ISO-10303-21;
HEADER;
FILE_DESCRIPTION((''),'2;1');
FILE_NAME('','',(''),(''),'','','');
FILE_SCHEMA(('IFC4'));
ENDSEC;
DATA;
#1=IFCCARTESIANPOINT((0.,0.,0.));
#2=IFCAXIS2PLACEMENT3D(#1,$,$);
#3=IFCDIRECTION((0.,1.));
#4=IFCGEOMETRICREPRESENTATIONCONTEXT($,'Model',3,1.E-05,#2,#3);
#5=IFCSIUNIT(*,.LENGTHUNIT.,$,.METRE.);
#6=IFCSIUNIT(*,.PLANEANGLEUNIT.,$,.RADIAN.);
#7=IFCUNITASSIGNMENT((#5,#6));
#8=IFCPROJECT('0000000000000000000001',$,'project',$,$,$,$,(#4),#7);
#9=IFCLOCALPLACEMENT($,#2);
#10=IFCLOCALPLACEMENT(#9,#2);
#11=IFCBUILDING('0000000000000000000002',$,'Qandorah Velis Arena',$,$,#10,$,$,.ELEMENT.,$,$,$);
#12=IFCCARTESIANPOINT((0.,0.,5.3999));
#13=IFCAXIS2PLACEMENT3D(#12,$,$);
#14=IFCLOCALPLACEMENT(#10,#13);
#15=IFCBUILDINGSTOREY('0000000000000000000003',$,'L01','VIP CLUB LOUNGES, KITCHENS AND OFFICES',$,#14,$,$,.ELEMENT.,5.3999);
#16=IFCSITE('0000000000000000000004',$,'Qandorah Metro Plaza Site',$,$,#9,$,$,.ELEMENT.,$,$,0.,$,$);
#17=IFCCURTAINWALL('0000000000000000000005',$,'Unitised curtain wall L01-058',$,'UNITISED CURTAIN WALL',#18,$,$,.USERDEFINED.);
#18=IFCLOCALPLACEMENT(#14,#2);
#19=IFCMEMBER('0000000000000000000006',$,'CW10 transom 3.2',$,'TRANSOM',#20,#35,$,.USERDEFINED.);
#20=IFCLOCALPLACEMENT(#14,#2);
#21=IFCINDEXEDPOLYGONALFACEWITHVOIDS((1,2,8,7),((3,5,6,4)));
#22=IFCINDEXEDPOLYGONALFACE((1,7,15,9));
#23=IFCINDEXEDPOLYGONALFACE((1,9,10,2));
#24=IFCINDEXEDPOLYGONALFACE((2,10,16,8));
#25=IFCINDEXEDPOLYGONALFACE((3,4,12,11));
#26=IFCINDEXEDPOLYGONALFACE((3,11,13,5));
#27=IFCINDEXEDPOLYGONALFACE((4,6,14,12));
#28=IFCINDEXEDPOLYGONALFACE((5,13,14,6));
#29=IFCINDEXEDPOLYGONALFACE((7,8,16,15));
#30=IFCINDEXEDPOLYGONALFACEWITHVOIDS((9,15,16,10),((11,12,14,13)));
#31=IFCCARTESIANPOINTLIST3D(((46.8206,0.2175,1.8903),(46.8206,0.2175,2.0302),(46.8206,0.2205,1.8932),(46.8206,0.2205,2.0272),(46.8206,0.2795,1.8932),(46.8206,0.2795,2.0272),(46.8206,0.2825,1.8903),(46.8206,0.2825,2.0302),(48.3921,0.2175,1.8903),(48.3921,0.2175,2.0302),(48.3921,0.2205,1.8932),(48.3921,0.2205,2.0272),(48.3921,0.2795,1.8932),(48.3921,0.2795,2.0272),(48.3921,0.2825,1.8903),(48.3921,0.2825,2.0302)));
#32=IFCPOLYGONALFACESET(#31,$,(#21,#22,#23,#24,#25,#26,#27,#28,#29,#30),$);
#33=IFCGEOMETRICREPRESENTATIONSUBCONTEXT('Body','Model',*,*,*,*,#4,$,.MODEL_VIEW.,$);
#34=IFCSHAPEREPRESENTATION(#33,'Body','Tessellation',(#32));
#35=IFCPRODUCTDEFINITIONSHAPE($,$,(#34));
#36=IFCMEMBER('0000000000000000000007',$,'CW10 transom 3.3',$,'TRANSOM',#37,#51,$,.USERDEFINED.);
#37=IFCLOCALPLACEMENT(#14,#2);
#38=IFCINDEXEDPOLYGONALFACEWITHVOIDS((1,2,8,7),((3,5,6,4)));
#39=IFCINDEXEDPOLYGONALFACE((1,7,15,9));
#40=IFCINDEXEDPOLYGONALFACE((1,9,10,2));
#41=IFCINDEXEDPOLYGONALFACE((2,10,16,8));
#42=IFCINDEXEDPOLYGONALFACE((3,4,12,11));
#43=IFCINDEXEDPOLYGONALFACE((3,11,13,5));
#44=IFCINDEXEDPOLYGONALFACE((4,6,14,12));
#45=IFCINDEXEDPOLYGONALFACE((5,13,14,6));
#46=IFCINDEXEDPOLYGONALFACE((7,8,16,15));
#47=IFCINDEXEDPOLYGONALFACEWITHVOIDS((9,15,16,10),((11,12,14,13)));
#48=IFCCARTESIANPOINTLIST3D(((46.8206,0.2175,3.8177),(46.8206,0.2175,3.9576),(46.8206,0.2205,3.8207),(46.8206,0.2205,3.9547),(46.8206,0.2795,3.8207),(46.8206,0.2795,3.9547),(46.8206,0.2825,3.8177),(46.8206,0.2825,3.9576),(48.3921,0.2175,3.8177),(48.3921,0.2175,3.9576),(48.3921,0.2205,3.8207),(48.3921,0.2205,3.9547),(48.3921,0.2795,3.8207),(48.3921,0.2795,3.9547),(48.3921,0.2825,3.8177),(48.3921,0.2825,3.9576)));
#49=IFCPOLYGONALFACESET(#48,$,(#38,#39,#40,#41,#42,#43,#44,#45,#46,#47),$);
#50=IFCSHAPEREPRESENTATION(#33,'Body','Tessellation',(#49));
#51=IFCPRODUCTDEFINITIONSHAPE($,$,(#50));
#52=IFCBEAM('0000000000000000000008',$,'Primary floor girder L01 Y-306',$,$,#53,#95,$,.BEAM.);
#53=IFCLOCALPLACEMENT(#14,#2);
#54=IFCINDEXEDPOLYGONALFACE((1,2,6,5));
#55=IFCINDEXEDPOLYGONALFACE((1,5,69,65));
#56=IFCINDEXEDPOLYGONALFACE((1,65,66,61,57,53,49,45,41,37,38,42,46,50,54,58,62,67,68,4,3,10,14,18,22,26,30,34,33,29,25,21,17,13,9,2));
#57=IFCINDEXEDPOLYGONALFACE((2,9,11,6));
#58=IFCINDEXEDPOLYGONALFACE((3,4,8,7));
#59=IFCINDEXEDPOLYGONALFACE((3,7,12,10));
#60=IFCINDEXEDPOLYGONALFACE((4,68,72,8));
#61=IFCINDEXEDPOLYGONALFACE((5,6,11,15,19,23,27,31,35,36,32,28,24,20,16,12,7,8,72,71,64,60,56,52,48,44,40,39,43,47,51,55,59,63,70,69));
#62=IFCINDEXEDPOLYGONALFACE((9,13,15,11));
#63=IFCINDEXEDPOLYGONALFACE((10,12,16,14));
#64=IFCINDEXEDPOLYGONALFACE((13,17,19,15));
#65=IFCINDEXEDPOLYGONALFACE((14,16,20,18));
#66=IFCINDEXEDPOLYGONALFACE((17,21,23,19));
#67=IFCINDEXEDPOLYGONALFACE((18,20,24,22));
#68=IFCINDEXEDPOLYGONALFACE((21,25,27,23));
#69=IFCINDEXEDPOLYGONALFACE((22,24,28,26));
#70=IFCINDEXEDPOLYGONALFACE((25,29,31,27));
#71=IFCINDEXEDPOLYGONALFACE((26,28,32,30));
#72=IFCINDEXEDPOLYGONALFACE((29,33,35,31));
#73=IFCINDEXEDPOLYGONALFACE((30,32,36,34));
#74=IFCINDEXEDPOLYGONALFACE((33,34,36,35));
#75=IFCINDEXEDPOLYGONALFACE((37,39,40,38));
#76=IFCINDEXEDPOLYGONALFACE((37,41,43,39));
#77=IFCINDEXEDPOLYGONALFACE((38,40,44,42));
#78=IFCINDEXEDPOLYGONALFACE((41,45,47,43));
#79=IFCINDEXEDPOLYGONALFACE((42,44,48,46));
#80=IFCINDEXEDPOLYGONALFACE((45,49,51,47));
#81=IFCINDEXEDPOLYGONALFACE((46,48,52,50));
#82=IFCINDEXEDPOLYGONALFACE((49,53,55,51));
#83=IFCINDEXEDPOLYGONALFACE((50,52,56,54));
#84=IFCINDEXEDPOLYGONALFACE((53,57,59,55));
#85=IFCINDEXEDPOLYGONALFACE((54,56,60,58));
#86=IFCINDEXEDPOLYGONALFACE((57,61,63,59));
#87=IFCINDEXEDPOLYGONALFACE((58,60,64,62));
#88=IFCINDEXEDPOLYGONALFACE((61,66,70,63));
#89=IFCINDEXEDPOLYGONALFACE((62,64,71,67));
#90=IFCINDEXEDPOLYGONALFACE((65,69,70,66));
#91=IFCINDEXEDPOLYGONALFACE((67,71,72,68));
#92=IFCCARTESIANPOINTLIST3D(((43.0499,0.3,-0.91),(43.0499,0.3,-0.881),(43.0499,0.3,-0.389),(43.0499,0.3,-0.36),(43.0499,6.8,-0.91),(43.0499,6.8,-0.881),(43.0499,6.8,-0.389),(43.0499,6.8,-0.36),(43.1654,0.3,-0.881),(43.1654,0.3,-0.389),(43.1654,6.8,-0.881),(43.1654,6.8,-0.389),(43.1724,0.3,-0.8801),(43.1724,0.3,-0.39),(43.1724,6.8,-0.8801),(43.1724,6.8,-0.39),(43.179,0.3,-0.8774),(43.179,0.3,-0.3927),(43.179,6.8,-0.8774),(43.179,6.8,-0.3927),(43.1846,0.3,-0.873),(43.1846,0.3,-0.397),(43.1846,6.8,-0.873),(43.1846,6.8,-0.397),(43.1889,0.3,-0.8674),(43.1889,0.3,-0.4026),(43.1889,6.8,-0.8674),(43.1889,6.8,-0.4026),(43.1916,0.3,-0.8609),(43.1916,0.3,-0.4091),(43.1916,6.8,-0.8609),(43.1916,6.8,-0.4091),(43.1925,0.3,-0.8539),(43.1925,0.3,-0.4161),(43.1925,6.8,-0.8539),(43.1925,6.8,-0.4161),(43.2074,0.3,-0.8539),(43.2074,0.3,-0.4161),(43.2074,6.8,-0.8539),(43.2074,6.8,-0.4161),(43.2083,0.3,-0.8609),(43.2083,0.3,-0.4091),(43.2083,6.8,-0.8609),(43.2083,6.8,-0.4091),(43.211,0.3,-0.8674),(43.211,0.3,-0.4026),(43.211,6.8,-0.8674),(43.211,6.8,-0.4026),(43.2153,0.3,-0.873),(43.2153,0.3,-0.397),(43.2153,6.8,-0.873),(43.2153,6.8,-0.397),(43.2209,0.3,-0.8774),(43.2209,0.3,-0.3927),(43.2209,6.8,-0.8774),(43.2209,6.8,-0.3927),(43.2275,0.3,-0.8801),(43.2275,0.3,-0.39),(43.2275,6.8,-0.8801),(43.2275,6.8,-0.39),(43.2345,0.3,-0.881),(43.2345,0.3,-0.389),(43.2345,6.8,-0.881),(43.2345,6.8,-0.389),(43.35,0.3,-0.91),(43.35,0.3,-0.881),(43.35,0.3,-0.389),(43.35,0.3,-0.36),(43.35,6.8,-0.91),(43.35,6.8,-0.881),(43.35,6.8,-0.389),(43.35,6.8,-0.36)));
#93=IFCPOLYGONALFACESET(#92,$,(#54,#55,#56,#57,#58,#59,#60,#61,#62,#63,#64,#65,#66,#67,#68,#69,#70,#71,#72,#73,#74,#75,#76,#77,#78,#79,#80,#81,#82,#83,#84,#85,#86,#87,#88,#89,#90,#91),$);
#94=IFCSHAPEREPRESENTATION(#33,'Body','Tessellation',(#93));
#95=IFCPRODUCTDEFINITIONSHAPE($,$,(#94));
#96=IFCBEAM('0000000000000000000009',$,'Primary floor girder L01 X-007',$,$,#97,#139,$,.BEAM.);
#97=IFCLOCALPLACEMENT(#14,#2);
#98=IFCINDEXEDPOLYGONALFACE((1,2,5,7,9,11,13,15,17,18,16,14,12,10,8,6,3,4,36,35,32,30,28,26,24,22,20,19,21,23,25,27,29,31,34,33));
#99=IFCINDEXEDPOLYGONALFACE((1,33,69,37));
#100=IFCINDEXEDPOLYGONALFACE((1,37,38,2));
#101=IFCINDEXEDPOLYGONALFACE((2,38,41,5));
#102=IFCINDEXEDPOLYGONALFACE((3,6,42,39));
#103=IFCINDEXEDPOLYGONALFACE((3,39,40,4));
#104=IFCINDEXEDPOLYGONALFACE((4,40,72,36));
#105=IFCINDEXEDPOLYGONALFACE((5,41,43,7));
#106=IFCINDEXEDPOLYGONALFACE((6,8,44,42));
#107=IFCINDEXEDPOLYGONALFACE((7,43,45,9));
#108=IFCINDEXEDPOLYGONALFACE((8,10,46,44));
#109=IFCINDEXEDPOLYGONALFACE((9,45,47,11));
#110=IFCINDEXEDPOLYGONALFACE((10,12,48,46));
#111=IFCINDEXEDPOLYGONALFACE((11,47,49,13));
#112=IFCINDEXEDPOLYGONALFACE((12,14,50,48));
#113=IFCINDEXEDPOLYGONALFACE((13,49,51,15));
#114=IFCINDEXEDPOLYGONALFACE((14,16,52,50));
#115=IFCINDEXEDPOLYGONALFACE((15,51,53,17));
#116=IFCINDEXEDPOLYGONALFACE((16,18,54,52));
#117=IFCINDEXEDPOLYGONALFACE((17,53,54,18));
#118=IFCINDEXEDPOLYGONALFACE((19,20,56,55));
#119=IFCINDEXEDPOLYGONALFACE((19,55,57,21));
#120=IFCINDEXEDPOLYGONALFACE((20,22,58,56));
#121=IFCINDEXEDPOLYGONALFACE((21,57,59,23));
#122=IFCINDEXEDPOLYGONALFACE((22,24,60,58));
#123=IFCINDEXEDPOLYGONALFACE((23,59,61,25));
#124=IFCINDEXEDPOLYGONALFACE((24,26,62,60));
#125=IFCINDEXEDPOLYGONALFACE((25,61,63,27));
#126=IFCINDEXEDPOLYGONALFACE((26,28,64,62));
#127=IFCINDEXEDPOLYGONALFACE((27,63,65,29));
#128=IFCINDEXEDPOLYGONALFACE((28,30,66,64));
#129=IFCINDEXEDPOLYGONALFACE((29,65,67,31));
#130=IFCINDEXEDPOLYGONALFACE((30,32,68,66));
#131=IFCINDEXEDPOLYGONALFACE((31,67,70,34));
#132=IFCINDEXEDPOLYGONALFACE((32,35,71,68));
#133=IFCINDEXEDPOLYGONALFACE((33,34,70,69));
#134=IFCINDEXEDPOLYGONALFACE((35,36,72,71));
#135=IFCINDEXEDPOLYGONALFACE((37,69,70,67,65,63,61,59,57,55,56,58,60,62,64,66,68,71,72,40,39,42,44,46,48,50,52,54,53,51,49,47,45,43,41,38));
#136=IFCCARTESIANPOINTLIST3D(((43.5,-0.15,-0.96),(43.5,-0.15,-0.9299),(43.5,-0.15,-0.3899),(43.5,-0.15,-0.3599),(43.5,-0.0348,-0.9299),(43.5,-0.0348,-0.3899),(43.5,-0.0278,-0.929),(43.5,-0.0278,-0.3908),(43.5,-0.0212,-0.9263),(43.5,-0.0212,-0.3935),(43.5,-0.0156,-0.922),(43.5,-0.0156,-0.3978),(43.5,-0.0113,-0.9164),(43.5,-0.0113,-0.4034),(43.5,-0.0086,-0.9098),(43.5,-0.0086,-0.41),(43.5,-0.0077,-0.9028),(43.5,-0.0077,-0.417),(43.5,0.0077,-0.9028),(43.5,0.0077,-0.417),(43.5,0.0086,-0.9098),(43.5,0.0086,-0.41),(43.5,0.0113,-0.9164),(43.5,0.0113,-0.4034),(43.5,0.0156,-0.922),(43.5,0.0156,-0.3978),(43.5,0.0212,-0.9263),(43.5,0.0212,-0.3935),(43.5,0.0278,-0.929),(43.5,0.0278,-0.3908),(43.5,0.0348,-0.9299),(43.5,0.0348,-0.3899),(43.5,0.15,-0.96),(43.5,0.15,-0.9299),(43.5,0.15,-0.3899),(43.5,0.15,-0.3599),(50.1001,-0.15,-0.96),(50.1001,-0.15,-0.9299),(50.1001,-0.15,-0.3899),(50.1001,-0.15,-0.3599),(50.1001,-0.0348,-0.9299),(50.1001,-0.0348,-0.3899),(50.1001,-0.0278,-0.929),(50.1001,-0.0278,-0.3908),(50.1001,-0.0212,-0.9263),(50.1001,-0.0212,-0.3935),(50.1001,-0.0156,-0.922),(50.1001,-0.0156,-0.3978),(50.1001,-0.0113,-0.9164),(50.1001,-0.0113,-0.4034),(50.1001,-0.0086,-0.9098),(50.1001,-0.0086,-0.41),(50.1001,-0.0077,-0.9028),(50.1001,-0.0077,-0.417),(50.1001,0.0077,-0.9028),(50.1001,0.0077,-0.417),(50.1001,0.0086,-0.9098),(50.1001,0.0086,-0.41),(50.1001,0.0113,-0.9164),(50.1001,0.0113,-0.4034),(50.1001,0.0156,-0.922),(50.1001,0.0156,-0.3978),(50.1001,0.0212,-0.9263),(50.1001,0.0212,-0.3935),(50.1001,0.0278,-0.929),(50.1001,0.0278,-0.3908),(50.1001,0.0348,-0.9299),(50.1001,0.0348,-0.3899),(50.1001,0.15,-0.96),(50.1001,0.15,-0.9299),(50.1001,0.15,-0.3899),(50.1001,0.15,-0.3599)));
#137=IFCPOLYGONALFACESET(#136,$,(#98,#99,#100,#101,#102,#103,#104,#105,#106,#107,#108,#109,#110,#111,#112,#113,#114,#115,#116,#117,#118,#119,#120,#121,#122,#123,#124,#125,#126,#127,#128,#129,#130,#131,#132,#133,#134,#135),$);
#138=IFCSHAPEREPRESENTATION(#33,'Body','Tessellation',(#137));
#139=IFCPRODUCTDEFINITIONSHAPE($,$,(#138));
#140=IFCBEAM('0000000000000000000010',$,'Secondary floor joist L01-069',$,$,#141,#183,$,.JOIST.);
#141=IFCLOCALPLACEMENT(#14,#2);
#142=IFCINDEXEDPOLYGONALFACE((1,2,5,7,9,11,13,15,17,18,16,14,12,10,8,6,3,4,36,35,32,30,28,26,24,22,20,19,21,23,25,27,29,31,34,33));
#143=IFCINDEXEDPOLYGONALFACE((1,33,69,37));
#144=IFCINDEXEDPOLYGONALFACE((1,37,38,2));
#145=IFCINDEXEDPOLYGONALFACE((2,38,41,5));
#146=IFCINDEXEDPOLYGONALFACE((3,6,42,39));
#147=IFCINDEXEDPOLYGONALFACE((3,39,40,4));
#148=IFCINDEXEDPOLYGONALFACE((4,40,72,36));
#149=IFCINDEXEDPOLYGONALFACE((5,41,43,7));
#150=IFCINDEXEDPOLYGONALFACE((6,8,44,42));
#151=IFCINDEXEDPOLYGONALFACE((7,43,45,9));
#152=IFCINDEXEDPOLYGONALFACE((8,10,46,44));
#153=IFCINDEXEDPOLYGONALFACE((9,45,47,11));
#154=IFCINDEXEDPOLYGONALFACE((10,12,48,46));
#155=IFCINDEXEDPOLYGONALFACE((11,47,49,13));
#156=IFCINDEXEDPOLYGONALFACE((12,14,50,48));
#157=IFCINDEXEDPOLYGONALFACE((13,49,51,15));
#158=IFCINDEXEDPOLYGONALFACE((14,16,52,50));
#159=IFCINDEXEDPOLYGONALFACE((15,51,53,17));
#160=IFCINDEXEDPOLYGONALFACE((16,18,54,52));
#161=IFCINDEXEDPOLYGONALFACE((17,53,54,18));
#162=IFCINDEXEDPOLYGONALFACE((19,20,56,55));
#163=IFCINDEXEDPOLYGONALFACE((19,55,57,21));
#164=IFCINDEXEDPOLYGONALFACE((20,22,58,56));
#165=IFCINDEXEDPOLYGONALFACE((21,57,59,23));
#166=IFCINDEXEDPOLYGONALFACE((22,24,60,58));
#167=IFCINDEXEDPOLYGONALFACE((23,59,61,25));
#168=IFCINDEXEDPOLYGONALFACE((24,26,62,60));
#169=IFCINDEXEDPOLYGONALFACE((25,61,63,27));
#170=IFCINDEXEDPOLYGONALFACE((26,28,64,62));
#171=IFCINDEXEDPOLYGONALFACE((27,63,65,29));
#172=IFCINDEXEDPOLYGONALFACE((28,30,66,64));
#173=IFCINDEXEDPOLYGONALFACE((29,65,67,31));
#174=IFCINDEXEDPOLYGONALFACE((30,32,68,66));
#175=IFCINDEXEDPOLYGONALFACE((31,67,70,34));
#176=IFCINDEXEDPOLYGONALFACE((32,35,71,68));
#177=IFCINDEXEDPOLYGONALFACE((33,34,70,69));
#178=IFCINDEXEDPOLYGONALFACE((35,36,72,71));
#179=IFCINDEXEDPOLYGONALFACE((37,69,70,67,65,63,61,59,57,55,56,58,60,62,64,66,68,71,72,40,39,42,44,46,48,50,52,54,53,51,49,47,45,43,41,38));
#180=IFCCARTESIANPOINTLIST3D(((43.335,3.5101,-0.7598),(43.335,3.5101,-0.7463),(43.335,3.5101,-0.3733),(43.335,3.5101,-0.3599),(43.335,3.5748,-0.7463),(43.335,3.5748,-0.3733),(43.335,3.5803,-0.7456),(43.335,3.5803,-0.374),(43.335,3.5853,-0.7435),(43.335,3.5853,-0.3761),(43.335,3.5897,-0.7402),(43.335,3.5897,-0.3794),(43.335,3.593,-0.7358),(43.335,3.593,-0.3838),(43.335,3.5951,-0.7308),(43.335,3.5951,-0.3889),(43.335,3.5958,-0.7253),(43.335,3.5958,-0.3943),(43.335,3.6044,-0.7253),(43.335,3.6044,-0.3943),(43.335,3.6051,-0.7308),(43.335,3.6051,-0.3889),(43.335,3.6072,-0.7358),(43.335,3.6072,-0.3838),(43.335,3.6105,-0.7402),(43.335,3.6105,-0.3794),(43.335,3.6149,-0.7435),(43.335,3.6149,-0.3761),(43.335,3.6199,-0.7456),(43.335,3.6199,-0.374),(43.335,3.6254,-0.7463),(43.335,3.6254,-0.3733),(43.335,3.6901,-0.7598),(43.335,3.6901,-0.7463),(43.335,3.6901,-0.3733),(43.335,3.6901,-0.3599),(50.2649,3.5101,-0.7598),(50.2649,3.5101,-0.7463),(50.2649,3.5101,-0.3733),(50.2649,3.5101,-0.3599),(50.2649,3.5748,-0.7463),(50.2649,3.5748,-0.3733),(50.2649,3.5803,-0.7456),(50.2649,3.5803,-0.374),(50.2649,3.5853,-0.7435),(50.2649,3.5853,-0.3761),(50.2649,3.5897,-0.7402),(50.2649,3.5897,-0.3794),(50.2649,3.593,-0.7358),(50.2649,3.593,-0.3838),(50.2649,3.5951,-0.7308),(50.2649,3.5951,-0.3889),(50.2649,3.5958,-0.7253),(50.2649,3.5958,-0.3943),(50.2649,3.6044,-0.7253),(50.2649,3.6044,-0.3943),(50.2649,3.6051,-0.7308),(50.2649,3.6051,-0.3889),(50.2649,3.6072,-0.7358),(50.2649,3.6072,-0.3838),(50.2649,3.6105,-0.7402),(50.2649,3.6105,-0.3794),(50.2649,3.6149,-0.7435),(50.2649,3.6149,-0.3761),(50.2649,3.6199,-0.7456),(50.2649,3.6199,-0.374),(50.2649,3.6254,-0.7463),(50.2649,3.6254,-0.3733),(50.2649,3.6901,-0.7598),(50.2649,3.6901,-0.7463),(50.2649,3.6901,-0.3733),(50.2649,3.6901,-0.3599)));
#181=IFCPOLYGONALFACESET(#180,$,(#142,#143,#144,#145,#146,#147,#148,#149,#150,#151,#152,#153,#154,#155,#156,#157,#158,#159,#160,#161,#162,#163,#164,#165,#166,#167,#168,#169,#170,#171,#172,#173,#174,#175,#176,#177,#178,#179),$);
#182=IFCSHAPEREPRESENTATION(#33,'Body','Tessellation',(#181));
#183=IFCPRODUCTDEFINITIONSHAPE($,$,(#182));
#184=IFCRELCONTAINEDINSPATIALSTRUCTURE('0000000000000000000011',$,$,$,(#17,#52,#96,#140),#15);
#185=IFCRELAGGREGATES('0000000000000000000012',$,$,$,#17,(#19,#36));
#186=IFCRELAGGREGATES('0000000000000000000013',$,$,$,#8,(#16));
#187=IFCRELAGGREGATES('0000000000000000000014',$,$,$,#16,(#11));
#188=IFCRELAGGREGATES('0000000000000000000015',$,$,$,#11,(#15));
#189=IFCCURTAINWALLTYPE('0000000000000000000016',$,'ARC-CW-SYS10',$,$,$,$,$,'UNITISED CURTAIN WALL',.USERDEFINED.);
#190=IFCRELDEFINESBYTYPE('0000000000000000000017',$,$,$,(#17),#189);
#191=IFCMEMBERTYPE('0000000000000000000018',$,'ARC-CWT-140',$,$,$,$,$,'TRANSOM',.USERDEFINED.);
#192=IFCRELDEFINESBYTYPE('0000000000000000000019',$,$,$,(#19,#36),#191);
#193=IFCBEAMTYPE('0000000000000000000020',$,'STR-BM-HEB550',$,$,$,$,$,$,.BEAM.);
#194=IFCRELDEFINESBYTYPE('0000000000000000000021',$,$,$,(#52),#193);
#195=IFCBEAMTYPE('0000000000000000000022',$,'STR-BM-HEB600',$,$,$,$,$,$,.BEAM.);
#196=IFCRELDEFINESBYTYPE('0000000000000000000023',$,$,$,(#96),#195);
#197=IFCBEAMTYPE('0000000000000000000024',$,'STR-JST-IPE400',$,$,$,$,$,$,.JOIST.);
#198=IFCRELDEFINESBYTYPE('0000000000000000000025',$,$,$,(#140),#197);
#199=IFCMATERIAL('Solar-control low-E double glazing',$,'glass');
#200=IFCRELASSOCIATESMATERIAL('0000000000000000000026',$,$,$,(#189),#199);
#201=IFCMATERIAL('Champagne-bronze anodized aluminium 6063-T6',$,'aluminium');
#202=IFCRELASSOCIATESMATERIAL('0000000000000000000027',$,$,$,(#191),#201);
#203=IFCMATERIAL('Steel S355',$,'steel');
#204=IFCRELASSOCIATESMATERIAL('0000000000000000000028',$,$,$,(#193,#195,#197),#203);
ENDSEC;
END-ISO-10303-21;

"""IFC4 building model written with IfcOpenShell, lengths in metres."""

from ifc_helpers import new_model, si_unit, direction, frame, origin, origin_2d, place, context, subcontext, project, spatial, hollow_rectangle, i_section, extrude, material, material_profile, profile_set, type_object, element, aggregate, save


model = new_model("IFC4")

# Units and contexts
model_context = context("Model", 3, precision=1e-05, world=origin(), true_north=direction((0.0, 1.0)))
body_context = subcontext(model_context, "Body", "Model", "MODEL_VIEW")
ifc_project = project(units=[si_unit("LENGTHUNIT", "METRE"), si_unit("PLANEANGLEUNIT", "RADIAN")], contexts=[model_context])

# Site, building, storey
site_placement = place(None, origin())
site = spatial("IfcSite", under=ifc_project, at=site_placement, Name="Qandorah Metro Plaza Site", CompositionType="ELEMENT", RefElevation=0.0)
building_placement = place(site_placement, origin())
building = spatial("IfcBuilding", under=site, at=building_placement, Name="Qandorah Velis Arena", CompositionType="ELEMENT")
storey_placement = place(building_placement, frame((0.0, 0.0, 5.3999)))
storey = spatial("IfcBuildingStorey", under=building, at=storey_placement, Name="L01", Description="VIP CLUB LOUNGES, KITCHENS AND OFFICES", CompositionType="ELEMENT", Elevation=5.3999)

# Curtain wall, members
ifc_material_1 = material(Name="Solar-control low-E double glazing", Category="glass")
curtain_wall_type = type_object("IfcCurtainWallType", Name="ARC-CW-SYS10", ElementType="UNITISED CURTAIN WALL", PredefinedType="USERDEFINED", material=ifc_material_1)
curtain_wall_placement = place(storey_placement, origin())
curtain_wall = element("IfcCurtainWall", 1, at=curtain_wall_placement, inside=storey, type_object=curtain_wall_type, Name="Unitised curtain wall L01-058", ObjectType="UNITISED CURTAIN WALL", PredefinedType="USERDEFINED")
ifc_material_2 = material(Name="Champagne-bronze anodized aluminium 6063-T6", Category="aluminium")
ifc_material_profile_1 = material_profile(ifc_material_2, hollow_rectangle(XDim=0.0649, YDim=0.1399, WallThickness=0.0029, at=origin_2d()), Name="ALU TRANSOM 65x140")
ifc_profile_set_1 = profile_set([ifc_material_profile_1], Name="Champagne-bronze anodized aluminium 6063-T6")
member_type_1 = type_object("IfcMemberType", Name="ARC-CWT-140", ElementType="TRANSOM", PredefinedType="USERDEFINED", material=ifc_profile_set_1)
member_1_placement = place(storey_placement, frame((46.8206, 0.25, 1.9602), z_axis=(1.0, 0.0, 0.0), x_axis=(0.0, 1.0, 0.0)))
member_1 = element("IfcMember", 2, at=member_1_placement, type_object=member_type_1, Name="CW10 transom 3.2", ObjectType="TRANSOM", PredefinedType="USERDEFINED", context=body_context, shape_type="SweptSolid", body=[
    extrude(hollow_rectangle(XDim=0.0649, YDim=0.1399, WallThickness=0.0029, at=origin_2d()), origin(), (0.0, 0.0, 1.0), 1.5715),
])
member_2_placement = place(storey_placement, frame((46.8206, 0.25, 3.8877), z_axis=(1.0, 0.0, 0.0), x_axis=(0.0, 1.0, 0.0)))
member_2 = element("IfcMember", 3, at=member_2_placement, type_object=member_type_1, Name="CW10 transom 3.3", ObjectType="TRANSOM", PredefinedType="USERDEFINED", context=body_context, shape_type="SweptSolid", body=[
    extrude(hollow_rectangle(XDim=0.0649, YDim=0.1399, WallThickness=0.0029, at=origin_2d()), origin(), (0.0, 0.0, 1.0), 1.5715),
])

# Beams
ifc_material_3 = material(Name="Steel S355", Category="steel")
ifc_material_profile_2 = material_profile(ifc_material_3, i_section(OverallWidth=0.3, OverallDepth=0.55, WebThickness=0.0149, FlangeThickness=0.0291, FilletRadius=0.0271, at=origin_2d()), Name="HEB 550")
ifc_profile_set_2 = profile_set([ifc_material_profile_2], Name="Steel S355")
beam_type_1 = type_object("IfcBeamType", Name="STR-BM-HEB550", PredefinedType="BEAM", material=ifc_profile_set_2)
beam_1_placement = place(storey_placement, frame((43.2, 0.3, -0.635), z_axis=(0.0, 1.0, 0.0), x_axis=(-1.0, 0.0, 0.0)))
element("IfcBeam", 4, at=beam_1_placement, inside=storey, type_object=beam_type_1, Name="Primary floor girder L01 Y-306", PredefinedType="BEAM", context=body_context, shape_type="SweptSolid", body=[
    extrude(i_section(OverallWidth=0.3, OverallDepth=0.55, WebThickness=0.0149, FlangeThickness=0.0291, FilletRadius=0.0271, at=origin_2d()), origin(), (0.0, 0.0, 1.0), 6.5),
])
ifc_material_profile_3 = material_profile(ifc_material_3, i_section(OverallWidth=0.3, OverallDepth=0.6001, WebThickness=0.0154, FlangeThickness=0.03, FilletRadius=0.0271, at=origin_2d()), Name="HEB 600")
ifc_profile_set_3 = profile_set([ifc_material_profile_3], Name="Steel S355")
beam_type_2 = type_object("IfcBeamType", Name="STR-BM-HEB600", PredefinedType="BEAM", material=ifc_profile_set_3)
beam_2_placement = place(storey_placement, frame((43.5, 0.0, -0.6599), z_axis=(1.0, 0.0, 0.0), x_axis=(0.0, 1.0, 0.0)))
element("IfcBeam", 5, at=beam_2_placement, inside=storey, type_object=beam_type_2, Name="Primary floor girder L01 X-007", PredefinedType="BEAM", context=body_context, shape_type="SweptSolid", body=[
    extrude(i_section(OverallWidth=0.3, OverallDepth=0.6001, WebThickness=0.0154, FlangeThickness=0.03, FilletRadius=0.0271, at=origin_2d()), origin(), (0.0, 0.0, 1.0), 6.6001),
])
ifc_material_profile_4 = material_profile(ifc_material_3, i_section(OverallWidth=0.1799, OverallDepth=0.3999, WebThickness=0.0085, FlangeThickness=0.0134, FilletRadius=0.021, at=origin_2d()), Name="IPE 400")
ifc_profile_set_4 = profile_set([ifc_material_profile_4], Name="Steel S355")
beam_type_3 = type_object("IfcBeamType", Name="STR-JST-IPE400", PredefinedType="JOIST", material=ifc_profile_set_4)
beam_3_placement = place(storey_placement, frame((43.335, 3.6001, -0.5598), z_axis=(1.0, 0.0, 0.0), x_axis=(0.0, 1.0, 0.0)))
element("IfcBeam", 6, at=beam_3_placement, inside=storey, type_object=beam_type_3, Name="Secondary floor joist L01-069", PredefinedType="JOIST", context=body_context, shape_type="SweptSolid", body=[
    extrude(i_section(OverallWidth=0.1799, OverallDepth=0.3999, WebThickness=0.0085, FlangeThickness=0.0134, FilletRadius=0.021, at=origin_2d()), origin(), (0.0, 0.0, 1.0), 6.9299),
])

aggregate(curtain_wall, [member_1, member_2])

save(model, "model.ifc")
